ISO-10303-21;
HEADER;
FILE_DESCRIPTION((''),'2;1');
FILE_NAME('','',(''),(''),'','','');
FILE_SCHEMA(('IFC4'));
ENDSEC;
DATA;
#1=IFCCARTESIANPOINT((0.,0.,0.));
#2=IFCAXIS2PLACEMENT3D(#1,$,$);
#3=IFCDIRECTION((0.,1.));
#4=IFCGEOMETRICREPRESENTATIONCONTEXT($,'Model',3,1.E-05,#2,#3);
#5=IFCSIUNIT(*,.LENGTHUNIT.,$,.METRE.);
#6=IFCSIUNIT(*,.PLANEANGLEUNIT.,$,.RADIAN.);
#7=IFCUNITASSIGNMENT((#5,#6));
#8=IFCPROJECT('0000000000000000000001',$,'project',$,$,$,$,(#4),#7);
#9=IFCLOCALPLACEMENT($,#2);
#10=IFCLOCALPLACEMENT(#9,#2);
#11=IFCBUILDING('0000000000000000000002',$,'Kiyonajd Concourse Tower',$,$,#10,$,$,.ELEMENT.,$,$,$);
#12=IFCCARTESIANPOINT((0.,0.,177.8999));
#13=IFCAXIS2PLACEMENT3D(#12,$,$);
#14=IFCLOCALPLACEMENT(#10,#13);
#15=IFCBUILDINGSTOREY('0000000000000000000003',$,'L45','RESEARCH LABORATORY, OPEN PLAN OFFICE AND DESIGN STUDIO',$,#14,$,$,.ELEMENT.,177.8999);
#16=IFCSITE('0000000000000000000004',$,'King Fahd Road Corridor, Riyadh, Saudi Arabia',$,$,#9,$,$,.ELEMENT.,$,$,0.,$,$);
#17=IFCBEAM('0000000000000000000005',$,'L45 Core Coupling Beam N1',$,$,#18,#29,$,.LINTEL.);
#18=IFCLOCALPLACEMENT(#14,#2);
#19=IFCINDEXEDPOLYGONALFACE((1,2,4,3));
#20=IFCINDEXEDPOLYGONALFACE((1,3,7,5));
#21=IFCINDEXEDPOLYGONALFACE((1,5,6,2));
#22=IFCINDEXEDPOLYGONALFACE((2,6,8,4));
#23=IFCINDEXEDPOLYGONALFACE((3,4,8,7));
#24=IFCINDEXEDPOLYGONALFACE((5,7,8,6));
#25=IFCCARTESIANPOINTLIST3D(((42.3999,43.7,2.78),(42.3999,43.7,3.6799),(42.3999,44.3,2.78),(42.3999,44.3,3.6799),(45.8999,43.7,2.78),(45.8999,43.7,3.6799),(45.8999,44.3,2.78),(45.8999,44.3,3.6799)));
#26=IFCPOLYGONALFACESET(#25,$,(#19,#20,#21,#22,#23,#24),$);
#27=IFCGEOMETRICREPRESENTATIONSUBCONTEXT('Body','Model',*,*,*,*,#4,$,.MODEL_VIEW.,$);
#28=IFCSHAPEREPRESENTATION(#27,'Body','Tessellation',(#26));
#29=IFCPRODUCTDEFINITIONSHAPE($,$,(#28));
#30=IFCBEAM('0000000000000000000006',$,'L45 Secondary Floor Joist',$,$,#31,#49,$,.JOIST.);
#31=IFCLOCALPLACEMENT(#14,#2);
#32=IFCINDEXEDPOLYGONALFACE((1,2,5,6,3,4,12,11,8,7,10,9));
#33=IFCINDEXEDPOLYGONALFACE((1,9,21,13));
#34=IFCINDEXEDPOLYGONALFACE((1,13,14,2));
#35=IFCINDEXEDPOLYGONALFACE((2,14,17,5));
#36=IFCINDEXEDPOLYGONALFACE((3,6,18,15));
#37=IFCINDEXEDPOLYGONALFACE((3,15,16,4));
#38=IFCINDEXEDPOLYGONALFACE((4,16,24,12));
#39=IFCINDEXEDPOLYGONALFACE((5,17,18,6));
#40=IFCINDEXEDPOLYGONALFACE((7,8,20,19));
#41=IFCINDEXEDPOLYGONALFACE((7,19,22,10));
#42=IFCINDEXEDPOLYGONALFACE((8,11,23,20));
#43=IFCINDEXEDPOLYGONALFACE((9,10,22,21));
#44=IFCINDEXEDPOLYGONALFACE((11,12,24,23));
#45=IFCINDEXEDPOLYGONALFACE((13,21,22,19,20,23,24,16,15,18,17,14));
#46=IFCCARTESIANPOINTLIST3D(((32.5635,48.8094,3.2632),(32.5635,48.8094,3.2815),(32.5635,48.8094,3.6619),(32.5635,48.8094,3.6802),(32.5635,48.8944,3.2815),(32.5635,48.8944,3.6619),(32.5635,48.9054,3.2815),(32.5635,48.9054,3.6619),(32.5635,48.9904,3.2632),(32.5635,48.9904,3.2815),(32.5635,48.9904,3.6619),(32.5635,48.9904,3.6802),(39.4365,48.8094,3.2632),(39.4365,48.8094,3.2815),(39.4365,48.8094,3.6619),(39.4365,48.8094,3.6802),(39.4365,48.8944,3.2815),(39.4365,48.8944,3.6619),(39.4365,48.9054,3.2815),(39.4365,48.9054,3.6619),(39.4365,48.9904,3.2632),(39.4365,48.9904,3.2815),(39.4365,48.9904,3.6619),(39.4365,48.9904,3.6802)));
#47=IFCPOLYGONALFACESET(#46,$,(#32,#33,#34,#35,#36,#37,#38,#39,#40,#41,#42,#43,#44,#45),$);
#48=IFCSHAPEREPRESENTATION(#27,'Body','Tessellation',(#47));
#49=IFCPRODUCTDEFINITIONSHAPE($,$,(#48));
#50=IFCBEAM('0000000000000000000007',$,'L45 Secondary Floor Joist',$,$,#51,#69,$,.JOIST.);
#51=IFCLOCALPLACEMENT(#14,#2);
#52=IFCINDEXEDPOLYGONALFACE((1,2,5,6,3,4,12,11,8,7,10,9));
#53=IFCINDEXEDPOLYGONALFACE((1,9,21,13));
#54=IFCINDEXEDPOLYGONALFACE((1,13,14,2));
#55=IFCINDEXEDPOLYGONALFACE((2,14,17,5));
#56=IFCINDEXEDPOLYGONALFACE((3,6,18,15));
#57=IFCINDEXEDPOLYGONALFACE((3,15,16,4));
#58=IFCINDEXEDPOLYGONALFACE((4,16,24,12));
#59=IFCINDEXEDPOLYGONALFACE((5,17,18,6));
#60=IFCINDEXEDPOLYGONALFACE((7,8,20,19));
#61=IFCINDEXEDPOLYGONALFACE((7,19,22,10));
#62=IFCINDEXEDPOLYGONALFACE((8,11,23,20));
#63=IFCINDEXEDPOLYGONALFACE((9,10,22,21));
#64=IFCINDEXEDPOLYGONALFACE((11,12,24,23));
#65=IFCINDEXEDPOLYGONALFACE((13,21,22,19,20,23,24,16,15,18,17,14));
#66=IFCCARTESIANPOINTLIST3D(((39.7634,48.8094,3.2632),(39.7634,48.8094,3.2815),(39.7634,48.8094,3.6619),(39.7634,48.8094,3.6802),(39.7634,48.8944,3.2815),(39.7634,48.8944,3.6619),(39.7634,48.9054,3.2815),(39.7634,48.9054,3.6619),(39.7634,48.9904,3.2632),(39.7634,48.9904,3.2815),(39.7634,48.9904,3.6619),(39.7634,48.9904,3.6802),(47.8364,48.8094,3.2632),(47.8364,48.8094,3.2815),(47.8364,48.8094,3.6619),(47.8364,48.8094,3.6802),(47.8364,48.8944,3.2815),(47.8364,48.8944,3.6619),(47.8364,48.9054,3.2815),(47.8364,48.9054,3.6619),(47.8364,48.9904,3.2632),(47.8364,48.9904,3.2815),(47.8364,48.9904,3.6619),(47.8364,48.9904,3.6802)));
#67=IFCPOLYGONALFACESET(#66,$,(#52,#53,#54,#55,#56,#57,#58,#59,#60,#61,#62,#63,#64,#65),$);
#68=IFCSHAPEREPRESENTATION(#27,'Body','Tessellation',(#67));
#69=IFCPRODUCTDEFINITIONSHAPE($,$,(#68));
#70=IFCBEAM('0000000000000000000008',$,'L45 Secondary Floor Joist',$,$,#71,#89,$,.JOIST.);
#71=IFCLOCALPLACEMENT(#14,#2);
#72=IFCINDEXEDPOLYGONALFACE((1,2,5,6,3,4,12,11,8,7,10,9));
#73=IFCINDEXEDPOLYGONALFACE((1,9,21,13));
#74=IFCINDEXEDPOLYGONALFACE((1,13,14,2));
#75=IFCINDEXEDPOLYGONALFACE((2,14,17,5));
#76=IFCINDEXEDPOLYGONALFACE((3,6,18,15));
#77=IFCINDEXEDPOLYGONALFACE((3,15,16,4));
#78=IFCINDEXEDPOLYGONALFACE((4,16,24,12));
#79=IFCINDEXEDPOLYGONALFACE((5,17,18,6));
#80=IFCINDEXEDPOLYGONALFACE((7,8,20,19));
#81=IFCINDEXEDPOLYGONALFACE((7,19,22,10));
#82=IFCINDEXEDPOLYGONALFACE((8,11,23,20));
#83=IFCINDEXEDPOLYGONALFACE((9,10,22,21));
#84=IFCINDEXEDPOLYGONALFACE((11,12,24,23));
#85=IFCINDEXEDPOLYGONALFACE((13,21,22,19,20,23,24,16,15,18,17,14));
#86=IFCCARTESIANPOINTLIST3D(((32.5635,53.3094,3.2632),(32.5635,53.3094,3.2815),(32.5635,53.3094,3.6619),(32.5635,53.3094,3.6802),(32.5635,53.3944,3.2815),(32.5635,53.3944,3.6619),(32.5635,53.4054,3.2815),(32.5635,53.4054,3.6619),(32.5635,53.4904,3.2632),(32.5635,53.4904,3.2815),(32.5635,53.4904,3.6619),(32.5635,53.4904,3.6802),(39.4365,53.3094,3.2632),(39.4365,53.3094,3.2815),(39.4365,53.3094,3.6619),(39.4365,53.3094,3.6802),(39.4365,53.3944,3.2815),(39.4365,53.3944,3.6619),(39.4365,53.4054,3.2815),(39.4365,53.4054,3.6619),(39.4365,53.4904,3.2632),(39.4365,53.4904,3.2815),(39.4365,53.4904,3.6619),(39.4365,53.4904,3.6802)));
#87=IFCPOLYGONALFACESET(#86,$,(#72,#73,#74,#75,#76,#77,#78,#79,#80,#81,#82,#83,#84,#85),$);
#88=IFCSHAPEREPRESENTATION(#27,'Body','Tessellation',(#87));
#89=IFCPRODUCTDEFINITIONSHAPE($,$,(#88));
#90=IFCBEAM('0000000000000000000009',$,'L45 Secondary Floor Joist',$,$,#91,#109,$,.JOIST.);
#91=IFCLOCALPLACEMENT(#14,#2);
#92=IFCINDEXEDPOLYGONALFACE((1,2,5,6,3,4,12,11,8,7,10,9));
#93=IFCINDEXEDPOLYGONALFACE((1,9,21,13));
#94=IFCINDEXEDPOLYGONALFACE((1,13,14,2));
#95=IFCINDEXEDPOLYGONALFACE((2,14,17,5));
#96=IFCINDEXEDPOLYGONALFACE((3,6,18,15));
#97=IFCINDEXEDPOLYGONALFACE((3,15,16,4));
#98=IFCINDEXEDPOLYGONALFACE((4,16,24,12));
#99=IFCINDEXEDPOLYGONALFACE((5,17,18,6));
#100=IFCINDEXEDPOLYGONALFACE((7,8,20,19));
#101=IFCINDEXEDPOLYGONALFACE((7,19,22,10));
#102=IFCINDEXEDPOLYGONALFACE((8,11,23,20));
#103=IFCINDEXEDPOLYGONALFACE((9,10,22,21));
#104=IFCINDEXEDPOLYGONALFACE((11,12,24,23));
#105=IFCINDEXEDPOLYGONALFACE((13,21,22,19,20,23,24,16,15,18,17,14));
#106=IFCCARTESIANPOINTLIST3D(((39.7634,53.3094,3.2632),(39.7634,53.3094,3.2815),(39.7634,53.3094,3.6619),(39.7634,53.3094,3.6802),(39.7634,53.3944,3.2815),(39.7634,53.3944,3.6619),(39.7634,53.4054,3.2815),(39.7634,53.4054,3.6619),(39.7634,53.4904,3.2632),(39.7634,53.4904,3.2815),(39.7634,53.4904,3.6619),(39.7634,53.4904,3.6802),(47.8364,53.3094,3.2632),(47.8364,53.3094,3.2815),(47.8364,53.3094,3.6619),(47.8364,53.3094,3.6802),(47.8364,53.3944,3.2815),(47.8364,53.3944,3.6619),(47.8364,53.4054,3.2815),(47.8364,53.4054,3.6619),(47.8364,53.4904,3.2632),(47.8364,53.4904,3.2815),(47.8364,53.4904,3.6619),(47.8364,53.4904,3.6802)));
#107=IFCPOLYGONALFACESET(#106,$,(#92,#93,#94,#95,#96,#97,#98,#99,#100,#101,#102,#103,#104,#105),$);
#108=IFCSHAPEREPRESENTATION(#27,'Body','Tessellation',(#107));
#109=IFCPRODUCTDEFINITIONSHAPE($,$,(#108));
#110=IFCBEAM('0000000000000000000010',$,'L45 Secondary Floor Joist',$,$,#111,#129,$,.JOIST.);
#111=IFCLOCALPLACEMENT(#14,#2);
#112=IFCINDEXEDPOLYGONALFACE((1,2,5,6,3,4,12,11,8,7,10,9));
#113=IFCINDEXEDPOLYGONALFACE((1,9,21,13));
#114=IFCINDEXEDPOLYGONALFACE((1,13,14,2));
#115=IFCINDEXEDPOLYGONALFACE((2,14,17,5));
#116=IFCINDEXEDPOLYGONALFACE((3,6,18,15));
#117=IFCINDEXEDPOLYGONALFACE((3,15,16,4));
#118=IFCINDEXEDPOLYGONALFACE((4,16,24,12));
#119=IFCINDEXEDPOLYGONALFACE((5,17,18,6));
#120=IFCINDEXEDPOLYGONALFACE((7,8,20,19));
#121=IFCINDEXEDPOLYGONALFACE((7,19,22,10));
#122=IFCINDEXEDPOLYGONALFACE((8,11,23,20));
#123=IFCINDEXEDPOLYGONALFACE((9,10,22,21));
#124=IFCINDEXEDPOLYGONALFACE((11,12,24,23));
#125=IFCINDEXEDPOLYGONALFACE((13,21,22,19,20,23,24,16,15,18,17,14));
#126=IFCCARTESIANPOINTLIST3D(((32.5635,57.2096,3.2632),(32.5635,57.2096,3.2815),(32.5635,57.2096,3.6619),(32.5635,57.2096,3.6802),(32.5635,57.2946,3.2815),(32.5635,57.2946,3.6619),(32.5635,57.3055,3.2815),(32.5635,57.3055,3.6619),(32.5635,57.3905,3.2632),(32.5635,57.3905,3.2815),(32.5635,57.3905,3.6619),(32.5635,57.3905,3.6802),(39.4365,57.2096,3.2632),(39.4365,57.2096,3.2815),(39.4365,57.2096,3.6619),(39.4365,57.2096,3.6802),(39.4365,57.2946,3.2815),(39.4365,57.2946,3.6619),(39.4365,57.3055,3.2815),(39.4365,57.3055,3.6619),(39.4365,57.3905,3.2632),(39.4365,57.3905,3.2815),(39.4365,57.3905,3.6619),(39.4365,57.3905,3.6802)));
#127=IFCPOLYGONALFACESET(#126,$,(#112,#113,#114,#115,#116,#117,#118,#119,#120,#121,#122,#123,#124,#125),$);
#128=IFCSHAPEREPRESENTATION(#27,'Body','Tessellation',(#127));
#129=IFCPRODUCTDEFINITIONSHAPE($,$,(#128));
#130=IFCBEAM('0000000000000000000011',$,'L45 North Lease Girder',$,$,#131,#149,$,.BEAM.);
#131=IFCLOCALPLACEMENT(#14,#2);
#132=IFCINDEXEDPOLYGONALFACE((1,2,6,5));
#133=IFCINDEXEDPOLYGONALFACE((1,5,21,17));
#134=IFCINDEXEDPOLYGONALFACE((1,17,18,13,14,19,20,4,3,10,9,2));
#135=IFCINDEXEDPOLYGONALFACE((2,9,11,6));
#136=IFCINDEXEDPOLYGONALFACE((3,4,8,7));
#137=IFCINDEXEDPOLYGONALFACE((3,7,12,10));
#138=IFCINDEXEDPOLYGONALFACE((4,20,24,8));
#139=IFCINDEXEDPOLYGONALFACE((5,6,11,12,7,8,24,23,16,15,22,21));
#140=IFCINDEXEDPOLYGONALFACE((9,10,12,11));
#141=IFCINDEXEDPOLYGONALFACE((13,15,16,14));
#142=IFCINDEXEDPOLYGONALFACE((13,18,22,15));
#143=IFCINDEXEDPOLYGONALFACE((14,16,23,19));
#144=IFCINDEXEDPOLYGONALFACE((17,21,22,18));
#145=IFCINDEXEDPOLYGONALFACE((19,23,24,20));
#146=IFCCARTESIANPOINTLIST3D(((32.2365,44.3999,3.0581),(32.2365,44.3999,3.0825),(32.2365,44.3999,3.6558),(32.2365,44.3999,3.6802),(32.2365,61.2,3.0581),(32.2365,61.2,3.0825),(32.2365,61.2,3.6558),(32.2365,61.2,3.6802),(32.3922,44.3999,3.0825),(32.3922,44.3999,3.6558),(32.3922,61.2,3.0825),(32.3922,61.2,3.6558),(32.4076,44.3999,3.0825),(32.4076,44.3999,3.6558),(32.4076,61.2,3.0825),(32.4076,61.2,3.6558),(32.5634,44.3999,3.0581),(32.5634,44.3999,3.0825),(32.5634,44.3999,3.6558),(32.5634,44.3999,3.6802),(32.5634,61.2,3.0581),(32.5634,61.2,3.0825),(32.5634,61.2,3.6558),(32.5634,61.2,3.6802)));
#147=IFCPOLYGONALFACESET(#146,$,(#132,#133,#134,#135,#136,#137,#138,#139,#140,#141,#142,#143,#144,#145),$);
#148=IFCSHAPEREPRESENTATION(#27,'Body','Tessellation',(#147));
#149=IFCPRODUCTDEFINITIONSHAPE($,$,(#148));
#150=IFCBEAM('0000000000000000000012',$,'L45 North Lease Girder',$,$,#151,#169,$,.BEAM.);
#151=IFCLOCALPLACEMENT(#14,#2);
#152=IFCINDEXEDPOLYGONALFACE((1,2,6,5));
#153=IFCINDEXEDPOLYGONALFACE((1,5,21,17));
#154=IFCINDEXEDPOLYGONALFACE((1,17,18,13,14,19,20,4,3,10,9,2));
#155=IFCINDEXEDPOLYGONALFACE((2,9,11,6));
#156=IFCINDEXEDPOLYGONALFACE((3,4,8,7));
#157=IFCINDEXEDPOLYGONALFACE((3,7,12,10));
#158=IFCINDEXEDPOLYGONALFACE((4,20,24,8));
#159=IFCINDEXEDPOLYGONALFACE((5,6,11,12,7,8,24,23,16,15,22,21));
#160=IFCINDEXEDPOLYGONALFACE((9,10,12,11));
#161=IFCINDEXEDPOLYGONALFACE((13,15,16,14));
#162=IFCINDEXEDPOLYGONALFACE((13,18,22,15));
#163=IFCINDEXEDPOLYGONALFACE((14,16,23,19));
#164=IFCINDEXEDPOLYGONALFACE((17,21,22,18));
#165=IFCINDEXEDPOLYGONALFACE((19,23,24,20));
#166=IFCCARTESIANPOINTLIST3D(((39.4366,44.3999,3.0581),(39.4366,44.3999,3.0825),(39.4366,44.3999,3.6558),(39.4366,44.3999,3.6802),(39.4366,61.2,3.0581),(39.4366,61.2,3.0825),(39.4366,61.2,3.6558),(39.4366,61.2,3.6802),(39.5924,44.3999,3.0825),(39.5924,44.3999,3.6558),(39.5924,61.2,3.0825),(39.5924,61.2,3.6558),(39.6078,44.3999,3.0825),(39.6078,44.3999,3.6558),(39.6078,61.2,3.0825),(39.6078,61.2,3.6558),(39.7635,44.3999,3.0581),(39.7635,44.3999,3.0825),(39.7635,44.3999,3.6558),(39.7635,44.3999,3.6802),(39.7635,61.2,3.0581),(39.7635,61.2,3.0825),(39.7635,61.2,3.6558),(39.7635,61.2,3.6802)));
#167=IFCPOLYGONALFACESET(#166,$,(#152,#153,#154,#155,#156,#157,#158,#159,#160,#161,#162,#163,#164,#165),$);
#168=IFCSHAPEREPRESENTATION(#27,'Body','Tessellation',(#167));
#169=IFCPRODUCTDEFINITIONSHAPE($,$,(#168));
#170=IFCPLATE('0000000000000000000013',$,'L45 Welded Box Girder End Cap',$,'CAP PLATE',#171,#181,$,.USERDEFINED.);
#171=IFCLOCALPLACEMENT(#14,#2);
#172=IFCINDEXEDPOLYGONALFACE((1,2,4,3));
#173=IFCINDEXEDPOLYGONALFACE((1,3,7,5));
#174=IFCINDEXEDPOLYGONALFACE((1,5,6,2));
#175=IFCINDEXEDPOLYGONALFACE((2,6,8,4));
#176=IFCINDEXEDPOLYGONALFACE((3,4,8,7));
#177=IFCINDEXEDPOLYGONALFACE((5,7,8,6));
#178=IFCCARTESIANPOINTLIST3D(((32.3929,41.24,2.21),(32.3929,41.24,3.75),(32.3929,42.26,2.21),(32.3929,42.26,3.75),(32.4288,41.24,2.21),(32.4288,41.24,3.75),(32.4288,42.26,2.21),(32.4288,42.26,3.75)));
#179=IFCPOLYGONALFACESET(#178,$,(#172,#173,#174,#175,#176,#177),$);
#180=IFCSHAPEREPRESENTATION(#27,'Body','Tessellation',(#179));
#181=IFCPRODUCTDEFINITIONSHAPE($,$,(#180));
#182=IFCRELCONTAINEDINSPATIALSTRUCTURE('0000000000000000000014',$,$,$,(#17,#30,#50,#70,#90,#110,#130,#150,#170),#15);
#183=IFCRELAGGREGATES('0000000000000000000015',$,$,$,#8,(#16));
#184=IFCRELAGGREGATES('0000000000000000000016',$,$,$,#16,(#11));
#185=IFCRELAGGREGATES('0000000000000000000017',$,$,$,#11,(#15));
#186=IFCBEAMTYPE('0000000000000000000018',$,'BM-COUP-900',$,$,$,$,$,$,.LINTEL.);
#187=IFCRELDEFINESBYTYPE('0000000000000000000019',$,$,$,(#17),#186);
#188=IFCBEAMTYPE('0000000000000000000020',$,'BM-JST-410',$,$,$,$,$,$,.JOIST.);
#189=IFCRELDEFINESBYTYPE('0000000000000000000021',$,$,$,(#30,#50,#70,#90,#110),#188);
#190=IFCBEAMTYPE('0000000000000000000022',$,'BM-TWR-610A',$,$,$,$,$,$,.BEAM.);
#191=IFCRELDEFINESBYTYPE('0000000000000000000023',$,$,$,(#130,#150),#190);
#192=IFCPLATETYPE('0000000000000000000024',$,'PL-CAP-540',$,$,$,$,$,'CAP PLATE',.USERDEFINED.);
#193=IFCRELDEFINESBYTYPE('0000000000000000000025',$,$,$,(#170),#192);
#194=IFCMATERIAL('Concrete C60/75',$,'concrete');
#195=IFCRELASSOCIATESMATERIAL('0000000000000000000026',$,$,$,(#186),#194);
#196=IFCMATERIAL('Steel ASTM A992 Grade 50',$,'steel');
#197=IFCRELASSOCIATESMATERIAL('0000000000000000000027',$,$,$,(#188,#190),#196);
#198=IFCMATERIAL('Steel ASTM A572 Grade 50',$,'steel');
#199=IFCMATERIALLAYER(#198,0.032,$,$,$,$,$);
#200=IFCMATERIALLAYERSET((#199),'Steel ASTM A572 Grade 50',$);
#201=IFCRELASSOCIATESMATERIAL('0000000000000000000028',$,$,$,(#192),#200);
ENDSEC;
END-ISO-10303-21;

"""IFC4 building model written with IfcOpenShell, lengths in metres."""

from ifc_helpers import new_model, si_unit, direction, frame, origin, origin_2d, place, context, subcontext, project, spatial, rectangle, i_section, extrude, material, layer, layer_set, material_profile, profile_set, type_object, element, save


model = new_model("IFC4")

# Units and contexts
model_context = context("Model", 3, precision=1e-05, world=origin(), true_north=direction((0.0, 1.0)))
body_context = subcontext(model_context, "Body", "Model", "MODEL_VIEW")
ifc_project = project(units=[si_unit("LENGTHUNIT", "METRE"), si_unit("PLANEANGLEUNIT", "RADIAN")], contexts=[model_context])

# Site, building, storey
site_placement = place(None, origin())
site = spatial("IfcSite", under=ifc_project, at=site_placement, Name="King Fahd Road Corridor, Riyadh, Saudi Arabia", CompositionType="ELEMENT", RefElevation=0.0)
building_placement = place(site_placement, origin())
building = spatial("IfcBuilding", under=site, at=building_placement, Name="Kiyonajd Concourse Tower", CompositionType="ELEMENT")
storey_placement = place(building_placement, frame((0.0, 0.0, 177.8999)))
storey = spatial("IfcBuildingStorey", under=building, at=storey_placement, Name="L45", Description="RESEARCH LABORATORY, OPEN PLAN OFFICE AND DESIGN STUDIO", CompositionType="ELEMENT", Elevation=177.8999)

# Beams
ifc_material_1 = material(Name="Concrete C60/75", Category="concrete")
ifc_material_profile_1 = material_profile(ifc_material_1, rectangle(XDim=0.6001, YDim=0.8999, at=origin_2d()), Name="RCBM-600x900")
ifc_profile_set_1 = profile_set([ifc_material_profile_1], Name="Concrete C60/75")
beam_type_1 = type_object("IfcBeamType", Name="BM-COUP-900", PredefinedType="LINTEL", material=ifc_profile_set_1)
beam_1_placement = place(storey_placement, frame((42.3999, 44.0, 3.23), z_axis=(1.0, 0.0, 0.0), x_axis=(0.0, 1.0, 0.0)))
element("IfcBeam", 1, at=beam_1_placement, inside=storey, type_object=beam_type_1, Name="L45 Core Coupling Beam N1", PredefinedType="LINTEL", context=body_context, shape_type="SweptSolid", body=[
    extrude(rectangle(XDim=0.6001, YDim=0.8999, at=origin_2d()), origin(), (0.0, 0.0, 1.0), 3.5),
])
ifc_material_2 = material(Name="Steel ASTM A992 Grade 50", Category="steel")
ifc_material_profile_2 = material_profile(ifc_material_2, i_section(OverallWidth=0.1809, OverallDepth=0.417, WebThickness=0.011, FlangeThickness=0.0183, at=origin_2d()), Name="W410X85")
ifc_profile_set_2 = profile_set([ifc_material_profile_2], Name="Steel ASTM A992 Grade 50")
beam_type_2 = type_object("IfcBeamType", Name="BM-JST-410", PredefinedType="JOIST", material=ifc_profile_set_2)
beam_2_placement = place(storey_placement, frame((32.5635, 48.8999, 3.4717), z_axis=(1.0, 0.0, 0.0), x_axis=(0.0, 1.0, 0.0)))
element("IfcBeam", 2, at=beam_2_placement, inside=storey, type_object=beam_type_2, Name="L45 Secondary Floor Joist", PredefinedType="JOIST", context=body_context, shape_type="SweptSolid", body=[
    extrude(i_section(OverallWidth=0.1809, OverallDepth=0.417, WebThickness=0.011, FlangeThickness=0.0183, at=origin_2d()), origin(), (0.0, 0.0, 1.0), 6.873),
])
beam_3_placement = place(storey_placement, frame((39.7634, 48.8999, 3.4717), z_axis=(1.0, 0.0, 0.0), x_axis=(0.0, 1.0, 0.0)))
element("IfcBeam", 3, at=beam_3_placement, inside=storey, type_object=beam_type_2, Name="L45 Secondary Floor Joist", PredefinedType="JOIST", context=body_context, shape_type="SweptSolid", body=[
    extrude(i_section(OverallWidth=0.1809, OverallDepth=0.417, WebThickness=0.011, FlangeThickness=0.0183, at=origin_2d()), origin(), (0.0, 0.0, 1.0), 8.073),
])
beam_4_placement = place(storey_placement, frame((32.5635, 53.3999, 3.4717), z_axis=(1.0, 0.0, 0.0), x_axis=(0.0, 1.0, 0.0)))
element("IfcBeam", 4, at=beam_4_placement, inside=storey, type_object=beam_type_2, Name="L45 Secondary Floor Joist", PredefinedType="JOIST", context=body_context, shape_type="SweptSolid", body=[
    extrude(i_section(OverallWidth=0.1809, OverallDepth=0.417, WebThickness=0.011, FlangeThickness=0.0183, at=origin_2d()), origin(), (0.0, 0.0, 1.0), 6.873),
])
beam_5_placement = place(storey_placement, frame((39.7634, 53.3999, 3.4717), z_axis=(1.0, 0.0, 0.0), x_axis=(0.0, 1.0, 0.0)))
element("IfcBeam", 5, at=beam_5_placement, inside=storey, type_object=beam_type_2, Name="L45 Secondary Floor Joist", PredefinedType="JOIST", context=body_context, shape_type="SweptSolid", body=[
    extrude(i_section(OverallWidth=0.1809, OverallDepth=0.417, WebThickness=0.011, FlangeThickness=0.0183, at=origin_2d()), origin(), (0.0, 0.0, 1.0), 8.073),
])
beam_6_placement = place(storey_placement, frame((32.5635, 57.3, 3.4717), z_axis=(1.0, 0.0, 0.0), x_axis=(0.0, 1.0, 0.0)))
element("IfcBeam", 6, at=beam_6_placement, inside=storey, type_object=beam_type_2, Name="L45 Secondary Floor Joist", PredefinedType="JOIST", context=body_context, shape_type="SweptSolid", body=[
    extrude(i_section(OverallWidth=0.1809, OverallDepth=0.417, WebThickness=0.011, FlangeThickness=0.0183, at=origin_2d()), origin(), (0.0, 0.0, 1.0), 6.873),
])
ifc_material_profile_3 = material_profile(ifc_material_2, i_section(OverallWidth=0.3269, OverallDepth=0.6221, WebThickness=0.0154, FlangeThickness=0.0244, at=origin_2d()), Name="W610X195")
ifc_profile_set_3 = profile_set([ifc_material_profile_3], Name="Steel ASTM A992 Grade 50")
beam_type_3 = type_object("IfcBeamType", Name="BM-TWR-610A", PredefinedType="BEAM", material=ifc_profile_set_3)
for number, where, z_axis, x_axis, name in (
    (7, (32.3999, 44.3999, 3.3691), (0.0, 1.0, 0.0), (-1.0, 0.0, 0.0), "L45 North Lease Girder"),
    (8, (39.6001, 44.3999, 3.3691), (0.0, 1.0, 0.0), (-1.0, 0.0, 0.0), "L45 North Lease Girder"),
):
    element("IfcBeam", number, at=place(storey_placement, frame(where, z_axis=z_axis, x_axis=x_axis)), inside=storey, type_object=beam_type_3, Name=name, PredefinedType="BEAM", context=body_context, shape_type="SweptSolid", body=[
        extrude(i_section(OverallWidth=0.3269, OverallDepth=0.6221, WebThickness=0.0154, FlangeThickness=0.0244, at=origin_2d()), origin(), (0.0, 0.0, 1.0), 16.8),
    ])

# Plate
ifc_material_3 = material(Name="Steel ASTM A572 Grade 50", Category="steel")
ifc_layer_1 = layer(ifc_material_3, 0.032)
ifc_layer_set_1 = layer_set([ifc_layer_1], Name="Steel ASTM A572 Grade 50")
plate_type = type_object("IfcPlateType", Name="PL-CAP-540", ElementType="CAP PLATE", PredefinedType="USERDEFINED", material=ifc_layer_set_1)
plate_placement = place(storey_placement, frame((32.4109, 41.75, 2.21), z_axis=(0.0, 0.0, 1.0), x_axis=(1.0, 0.0, 0.0)))
element("IfcPlate", 9, at=plate_placement, inside=storey, type_object=plate_type, Name="L45 Welded Box Girder End Cap", ObjectType="CAP PLATE", PredefinedType="USERDEFINED", context=body_context, shape_type="SweptSolid", body=[
    extrude(rectangle(XDim=0.0359, YDim=1.02, at=origin_2d()), origin(), (0.0, 0.0, 1.0), 1.54),
])

save(model, "model.ifc")
